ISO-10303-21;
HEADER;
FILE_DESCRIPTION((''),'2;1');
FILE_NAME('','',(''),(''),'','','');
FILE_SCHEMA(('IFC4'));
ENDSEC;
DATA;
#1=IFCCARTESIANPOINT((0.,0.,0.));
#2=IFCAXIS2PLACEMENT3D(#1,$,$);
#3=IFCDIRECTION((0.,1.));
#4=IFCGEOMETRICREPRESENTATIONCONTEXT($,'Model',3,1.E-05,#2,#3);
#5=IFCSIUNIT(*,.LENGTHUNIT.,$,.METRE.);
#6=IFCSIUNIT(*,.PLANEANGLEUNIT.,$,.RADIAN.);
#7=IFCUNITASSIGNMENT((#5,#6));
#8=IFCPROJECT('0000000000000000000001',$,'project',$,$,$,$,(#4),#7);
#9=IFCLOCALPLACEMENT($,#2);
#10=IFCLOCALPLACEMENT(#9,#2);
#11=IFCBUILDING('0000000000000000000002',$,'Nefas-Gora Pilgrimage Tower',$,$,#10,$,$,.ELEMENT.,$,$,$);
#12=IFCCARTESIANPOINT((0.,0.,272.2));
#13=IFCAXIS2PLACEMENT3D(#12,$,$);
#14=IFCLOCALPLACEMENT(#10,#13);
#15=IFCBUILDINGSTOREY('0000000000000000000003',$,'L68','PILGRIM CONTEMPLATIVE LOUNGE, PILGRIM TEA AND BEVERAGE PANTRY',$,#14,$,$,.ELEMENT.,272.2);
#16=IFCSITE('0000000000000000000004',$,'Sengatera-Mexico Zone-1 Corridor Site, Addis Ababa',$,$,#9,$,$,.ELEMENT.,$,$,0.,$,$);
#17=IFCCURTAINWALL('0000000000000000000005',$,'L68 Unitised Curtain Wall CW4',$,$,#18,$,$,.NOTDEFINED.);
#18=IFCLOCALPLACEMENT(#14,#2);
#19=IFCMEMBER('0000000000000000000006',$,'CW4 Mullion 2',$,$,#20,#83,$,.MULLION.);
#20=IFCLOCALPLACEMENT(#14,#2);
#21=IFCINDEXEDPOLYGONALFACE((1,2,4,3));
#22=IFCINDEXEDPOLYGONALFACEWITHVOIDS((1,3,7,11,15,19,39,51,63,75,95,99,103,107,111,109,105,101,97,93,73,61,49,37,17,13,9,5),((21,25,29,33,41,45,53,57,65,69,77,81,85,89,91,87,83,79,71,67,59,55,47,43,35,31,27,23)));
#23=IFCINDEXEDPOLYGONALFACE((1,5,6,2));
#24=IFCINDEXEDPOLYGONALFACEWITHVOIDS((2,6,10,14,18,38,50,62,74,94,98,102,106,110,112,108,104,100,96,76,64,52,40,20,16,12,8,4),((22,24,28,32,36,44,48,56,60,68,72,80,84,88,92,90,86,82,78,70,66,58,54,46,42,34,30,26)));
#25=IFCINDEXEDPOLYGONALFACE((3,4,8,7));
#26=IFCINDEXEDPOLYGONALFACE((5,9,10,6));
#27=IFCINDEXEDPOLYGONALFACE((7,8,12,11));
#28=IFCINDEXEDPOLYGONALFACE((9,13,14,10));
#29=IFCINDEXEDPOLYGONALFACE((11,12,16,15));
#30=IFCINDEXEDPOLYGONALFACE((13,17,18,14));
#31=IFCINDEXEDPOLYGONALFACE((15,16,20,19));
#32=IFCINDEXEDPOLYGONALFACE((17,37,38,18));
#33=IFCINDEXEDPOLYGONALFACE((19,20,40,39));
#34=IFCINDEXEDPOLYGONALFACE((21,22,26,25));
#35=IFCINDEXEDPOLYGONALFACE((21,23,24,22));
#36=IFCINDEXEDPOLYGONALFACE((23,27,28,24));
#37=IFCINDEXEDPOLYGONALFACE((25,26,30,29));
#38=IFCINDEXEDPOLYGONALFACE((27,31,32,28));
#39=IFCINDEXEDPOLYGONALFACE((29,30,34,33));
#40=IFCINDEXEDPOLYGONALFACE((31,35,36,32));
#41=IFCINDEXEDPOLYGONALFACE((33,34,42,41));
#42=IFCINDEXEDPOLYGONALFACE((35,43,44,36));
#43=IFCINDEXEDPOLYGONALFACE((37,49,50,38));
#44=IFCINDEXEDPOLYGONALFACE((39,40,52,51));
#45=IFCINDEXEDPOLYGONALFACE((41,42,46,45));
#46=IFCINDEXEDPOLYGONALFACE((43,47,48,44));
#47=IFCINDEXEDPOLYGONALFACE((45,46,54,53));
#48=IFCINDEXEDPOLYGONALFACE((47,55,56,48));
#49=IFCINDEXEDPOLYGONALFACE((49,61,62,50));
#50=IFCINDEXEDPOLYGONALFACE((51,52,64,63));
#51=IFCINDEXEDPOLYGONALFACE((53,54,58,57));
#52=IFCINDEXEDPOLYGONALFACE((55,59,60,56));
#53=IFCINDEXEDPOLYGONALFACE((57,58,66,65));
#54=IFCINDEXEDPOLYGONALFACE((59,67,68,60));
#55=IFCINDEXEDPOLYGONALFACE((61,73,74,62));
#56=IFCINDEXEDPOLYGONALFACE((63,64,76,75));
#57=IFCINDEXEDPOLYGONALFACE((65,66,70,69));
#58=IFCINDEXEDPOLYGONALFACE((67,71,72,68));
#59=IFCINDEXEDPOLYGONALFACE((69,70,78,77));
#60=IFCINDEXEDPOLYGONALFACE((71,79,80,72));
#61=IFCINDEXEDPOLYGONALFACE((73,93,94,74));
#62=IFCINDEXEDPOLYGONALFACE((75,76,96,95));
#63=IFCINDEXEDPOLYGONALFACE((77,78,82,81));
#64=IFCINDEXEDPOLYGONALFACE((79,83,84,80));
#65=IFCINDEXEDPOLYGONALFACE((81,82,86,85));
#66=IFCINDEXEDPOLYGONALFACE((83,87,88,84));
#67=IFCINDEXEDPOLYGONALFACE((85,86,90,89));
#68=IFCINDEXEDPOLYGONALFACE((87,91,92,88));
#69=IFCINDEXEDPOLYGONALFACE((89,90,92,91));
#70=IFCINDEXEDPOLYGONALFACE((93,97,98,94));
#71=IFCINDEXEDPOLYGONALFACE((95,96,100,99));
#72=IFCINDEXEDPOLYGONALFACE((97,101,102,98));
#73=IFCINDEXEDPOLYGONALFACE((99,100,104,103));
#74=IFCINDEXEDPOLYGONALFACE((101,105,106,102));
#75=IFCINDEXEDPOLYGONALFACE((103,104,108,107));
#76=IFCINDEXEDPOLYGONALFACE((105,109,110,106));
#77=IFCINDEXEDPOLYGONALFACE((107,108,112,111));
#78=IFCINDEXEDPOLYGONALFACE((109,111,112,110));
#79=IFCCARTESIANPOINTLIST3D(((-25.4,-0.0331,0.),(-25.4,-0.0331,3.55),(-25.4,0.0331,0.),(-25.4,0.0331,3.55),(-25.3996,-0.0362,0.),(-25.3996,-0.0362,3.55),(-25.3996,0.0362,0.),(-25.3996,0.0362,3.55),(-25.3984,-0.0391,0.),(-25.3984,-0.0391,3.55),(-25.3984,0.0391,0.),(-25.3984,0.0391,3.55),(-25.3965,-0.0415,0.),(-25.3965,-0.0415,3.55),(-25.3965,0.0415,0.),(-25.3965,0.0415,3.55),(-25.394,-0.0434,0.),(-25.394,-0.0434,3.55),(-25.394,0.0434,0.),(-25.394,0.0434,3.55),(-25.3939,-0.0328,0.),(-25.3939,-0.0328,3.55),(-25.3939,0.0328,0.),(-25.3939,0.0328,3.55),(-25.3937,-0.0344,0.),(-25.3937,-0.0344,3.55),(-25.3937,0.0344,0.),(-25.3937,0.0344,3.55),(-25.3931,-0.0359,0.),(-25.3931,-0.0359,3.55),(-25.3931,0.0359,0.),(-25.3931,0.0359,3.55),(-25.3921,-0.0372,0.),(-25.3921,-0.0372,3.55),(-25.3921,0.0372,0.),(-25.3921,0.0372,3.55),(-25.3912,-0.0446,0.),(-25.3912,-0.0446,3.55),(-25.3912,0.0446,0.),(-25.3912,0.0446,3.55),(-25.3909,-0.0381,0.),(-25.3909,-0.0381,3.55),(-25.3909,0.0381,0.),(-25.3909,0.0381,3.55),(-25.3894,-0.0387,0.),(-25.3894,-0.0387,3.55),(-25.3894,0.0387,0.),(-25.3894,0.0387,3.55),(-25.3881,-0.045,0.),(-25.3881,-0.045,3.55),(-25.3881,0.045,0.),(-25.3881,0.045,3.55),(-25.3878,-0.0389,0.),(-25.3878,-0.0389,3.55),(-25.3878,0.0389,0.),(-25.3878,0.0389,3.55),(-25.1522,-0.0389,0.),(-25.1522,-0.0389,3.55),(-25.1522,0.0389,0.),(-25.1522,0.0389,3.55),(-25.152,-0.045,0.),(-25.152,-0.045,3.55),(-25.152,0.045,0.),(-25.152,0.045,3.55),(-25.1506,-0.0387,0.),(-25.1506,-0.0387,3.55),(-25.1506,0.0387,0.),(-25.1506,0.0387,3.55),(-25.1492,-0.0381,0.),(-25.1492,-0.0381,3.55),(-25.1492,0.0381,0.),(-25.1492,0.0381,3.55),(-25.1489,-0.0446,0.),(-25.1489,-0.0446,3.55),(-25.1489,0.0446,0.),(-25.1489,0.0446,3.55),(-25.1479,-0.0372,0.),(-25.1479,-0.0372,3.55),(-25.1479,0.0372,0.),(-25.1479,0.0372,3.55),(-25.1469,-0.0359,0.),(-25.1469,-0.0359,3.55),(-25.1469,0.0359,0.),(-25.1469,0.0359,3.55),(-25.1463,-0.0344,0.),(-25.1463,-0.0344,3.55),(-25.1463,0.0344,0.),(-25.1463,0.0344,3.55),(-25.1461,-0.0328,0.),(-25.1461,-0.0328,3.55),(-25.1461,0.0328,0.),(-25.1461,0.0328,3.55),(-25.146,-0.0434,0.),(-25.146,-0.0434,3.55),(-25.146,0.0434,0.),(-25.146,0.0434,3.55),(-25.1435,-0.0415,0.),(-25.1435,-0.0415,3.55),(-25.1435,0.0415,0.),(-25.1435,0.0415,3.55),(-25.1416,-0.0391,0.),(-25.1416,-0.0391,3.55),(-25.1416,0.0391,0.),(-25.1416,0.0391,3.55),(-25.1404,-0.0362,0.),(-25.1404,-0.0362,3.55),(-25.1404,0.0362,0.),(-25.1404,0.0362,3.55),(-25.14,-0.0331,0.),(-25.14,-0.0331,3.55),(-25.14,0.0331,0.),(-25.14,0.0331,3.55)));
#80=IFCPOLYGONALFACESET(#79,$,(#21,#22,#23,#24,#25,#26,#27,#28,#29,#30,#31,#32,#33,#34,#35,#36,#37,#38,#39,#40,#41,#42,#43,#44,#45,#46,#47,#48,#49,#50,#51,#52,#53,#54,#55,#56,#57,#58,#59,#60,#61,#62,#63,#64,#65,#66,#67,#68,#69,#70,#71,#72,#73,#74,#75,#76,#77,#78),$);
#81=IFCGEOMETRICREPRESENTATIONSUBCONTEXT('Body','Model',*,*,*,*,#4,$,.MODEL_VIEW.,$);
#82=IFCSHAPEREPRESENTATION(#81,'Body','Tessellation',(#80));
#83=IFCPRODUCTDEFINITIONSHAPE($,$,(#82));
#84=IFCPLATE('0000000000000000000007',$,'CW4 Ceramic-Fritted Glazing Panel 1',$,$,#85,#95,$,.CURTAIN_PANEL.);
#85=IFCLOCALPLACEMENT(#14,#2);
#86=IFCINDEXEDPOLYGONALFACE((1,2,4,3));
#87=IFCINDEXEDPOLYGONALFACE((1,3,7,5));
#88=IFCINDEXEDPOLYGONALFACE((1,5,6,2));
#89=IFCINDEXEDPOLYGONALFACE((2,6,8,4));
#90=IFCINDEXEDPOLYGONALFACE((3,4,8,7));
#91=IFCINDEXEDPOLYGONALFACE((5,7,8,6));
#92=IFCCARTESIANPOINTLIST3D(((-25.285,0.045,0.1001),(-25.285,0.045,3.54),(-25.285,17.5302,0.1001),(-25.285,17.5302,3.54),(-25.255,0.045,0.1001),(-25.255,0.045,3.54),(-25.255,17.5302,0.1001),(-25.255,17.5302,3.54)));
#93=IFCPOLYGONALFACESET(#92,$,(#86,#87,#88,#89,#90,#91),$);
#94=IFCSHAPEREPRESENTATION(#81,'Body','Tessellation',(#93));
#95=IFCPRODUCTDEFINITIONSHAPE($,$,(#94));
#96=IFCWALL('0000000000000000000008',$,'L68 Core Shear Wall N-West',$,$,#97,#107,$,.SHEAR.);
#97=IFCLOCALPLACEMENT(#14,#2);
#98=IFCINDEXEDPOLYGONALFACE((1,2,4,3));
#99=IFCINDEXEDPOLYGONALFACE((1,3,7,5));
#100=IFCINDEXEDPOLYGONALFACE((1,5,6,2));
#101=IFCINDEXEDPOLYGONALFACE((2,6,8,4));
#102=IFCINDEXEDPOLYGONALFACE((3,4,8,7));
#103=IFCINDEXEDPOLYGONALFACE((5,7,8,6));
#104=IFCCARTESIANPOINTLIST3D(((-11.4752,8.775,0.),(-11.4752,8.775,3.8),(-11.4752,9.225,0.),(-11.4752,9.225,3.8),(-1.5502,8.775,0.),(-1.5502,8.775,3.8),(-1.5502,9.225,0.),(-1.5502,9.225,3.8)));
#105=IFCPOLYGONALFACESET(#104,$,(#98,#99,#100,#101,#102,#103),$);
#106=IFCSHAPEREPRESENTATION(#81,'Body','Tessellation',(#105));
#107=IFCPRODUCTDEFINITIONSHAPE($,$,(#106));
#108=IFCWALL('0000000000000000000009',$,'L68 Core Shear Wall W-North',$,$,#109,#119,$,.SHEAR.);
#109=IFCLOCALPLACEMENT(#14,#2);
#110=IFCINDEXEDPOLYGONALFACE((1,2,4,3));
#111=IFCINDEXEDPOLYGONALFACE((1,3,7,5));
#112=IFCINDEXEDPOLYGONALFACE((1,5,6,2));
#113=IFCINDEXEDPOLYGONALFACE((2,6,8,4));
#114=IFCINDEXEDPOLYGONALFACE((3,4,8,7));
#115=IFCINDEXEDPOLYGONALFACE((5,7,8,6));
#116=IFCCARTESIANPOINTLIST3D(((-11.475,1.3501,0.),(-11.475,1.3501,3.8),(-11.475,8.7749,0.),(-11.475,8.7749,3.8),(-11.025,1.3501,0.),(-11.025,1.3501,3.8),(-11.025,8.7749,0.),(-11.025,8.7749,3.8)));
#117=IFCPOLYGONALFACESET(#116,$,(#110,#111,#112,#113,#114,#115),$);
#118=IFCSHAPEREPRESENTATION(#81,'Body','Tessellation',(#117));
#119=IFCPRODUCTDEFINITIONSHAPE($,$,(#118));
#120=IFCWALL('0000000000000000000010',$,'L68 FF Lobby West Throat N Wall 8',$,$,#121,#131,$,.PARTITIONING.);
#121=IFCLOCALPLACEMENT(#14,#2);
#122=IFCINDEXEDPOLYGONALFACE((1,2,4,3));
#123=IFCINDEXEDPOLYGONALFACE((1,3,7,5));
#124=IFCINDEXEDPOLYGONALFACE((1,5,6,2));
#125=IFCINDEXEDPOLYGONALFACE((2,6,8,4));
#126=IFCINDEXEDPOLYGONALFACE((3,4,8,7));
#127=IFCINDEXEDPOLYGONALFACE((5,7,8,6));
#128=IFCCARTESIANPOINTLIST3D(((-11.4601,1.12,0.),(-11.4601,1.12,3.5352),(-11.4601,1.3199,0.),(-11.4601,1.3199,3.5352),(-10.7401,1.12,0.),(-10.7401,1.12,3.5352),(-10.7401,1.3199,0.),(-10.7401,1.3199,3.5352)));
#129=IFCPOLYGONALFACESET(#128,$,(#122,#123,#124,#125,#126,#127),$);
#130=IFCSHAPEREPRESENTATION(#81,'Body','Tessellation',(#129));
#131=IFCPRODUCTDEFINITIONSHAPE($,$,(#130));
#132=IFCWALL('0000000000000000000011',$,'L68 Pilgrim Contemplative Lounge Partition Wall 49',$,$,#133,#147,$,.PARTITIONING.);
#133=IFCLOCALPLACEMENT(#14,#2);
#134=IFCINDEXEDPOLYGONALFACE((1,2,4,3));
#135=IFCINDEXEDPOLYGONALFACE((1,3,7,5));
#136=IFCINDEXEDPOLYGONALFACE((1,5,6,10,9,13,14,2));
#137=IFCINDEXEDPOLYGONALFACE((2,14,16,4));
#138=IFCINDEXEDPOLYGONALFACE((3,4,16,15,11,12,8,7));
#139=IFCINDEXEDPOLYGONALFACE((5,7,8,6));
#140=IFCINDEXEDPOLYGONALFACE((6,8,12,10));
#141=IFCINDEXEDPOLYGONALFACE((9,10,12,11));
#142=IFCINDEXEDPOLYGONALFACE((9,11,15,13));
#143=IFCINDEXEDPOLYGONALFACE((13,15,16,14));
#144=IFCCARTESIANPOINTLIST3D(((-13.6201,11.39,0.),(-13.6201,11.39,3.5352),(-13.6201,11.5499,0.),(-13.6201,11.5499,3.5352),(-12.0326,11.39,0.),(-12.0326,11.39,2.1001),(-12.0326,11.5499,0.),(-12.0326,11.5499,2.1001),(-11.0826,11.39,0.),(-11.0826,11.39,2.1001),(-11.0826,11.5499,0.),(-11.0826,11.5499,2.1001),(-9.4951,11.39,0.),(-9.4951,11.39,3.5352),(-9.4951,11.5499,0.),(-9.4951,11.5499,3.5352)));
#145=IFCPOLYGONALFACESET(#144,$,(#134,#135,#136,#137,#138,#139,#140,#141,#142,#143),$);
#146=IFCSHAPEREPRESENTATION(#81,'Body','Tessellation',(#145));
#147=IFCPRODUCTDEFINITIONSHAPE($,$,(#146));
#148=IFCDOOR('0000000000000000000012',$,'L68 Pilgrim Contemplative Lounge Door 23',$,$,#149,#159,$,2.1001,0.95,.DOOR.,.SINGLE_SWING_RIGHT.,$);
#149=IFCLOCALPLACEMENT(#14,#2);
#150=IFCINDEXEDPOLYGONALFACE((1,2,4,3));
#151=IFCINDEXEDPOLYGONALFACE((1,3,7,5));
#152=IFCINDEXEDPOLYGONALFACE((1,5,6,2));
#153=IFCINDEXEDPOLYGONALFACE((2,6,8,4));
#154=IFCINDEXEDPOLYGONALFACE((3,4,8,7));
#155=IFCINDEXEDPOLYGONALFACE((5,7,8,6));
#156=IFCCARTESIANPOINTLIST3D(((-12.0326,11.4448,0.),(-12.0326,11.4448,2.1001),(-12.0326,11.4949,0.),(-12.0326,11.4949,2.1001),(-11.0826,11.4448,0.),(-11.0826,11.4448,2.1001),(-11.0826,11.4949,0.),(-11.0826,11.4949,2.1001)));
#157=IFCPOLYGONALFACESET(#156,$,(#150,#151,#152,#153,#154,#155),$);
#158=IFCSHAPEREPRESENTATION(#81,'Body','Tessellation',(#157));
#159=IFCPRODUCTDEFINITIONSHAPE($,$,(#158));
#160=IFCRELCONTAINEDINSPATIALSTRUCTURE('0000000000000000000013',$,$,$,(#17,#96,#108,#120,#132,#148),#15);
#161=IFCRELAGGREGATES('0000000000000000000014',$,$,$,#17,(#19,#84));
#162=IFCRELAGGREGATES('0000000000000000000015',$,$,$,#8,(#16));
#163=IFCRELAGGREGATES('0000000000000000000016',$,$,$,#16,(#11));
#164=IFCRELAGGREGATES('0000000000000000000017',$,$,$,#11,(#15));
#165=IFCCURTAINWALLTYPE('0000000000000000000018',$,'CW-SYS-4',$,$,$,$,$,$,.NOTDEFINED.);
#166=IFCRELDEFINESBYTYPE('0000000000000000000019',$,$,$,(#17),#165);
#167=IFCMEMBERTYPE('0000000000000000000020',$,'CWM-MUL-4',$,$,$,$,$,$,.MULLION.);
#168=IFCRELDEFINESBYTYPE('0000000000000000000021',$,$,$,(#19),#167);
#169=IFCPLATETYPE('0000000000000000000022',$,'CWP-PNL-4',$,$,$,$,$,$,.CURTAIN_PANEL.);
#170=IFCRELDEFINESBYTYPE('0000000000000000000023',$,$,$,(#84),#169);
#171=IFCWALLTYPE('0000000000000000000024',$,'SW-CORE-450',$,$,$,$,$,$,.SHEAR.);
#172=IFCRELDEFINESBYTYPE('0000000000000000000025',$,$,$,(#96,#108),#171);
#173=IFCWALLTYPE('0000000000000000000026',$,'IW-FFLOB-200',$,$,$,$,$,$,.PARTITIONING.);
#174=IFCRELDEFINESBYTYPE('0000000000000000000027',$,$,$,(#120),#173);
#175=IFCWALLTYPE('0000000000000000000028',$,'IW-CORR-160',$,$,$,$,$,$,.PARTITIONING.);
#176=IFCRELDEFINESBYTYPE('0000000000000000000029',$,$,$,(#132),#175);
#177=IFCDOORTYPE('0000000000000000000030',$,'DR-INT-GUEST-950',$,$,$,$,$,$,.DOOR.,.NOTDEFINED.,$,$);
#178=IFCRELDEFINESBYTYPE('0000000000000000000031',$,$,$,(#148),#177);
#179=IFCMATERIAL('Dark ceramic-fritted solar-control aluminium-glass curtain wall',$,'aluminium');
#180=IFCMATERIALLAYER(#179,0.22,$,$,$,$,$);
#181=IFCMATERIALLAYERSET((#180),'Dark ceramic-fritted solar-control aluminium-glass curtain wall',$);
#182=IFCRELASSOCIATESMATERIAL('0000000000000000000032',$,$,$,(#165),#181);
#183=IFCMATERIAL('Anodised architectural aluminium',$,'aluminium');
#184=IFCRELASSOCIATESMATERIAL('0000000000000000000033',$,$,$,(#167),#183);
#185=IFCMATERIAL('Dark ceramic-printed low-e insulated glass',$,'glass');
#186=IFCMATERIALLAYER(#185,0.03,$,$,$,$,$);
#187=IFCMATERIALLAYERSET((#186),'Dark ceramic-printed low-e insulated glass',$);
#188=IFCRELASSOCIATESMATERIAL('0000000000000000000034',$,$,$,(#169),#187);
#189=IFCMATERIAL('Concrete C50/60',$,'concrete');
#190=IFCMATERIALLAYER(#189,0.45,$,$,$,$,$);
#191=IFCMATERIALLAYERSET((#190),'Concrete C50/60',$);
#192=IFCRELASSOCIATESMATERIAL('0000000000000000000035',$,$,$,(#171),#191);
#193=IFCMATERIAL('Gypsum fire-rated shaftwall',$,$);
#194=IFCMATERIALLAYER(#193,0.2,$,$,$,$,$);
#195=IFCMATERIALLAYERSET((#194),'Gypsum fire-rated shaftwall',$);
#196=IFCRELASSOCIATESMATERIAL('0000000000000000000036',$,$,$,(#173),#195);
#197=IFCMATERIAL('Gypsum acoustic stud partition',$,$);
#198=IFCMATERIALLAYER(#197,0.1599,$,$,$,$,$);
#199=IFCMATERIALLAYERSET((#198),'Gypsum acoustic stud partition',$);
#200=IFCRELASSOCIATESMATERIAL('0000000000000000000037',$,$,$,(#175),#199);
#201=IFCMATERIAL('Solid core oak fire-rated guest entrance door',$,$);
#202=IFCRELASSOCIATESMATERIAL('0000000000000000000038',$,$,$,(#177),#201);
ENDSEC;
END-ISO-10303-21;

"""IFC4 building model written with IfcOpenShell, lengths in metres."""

from ifc_helpers import new_model, si_unit, direction, frame, frame_2d, origin, origin_2d, place, context, subcontext, project, spatial, rectangle, hollow_rectangle, extrude, source, transform, mapped, material, layer, layer_set, material_profile, profile_set, type_object, element, fill, aggregate, save


model = new_model("IFC4")

# Units and contexts
model_context = context("Model", 3, precision=1e-05, world=origin(), true_north=direction((0.0, 1.0)))
body_context = subcontext(model_context, "Body", "Model", "MODEL_VIEW")
ifc_project = project(units=[si_unit("LENGTHUNIT", "METRE"), si_unit("PLANEANGLEUNIT", "RADIAN")], contexts=[model_context])

# Site, building, storey
site_placement = place(None, origin())
site = spatial("IfcSite", under=ifc_project, at=site_placement, Name="Sengatera-Mexico Zone-1 Corridor Site, Addis Ababa", CompositionType="ELEMENT", RefElevation=0.0)
building_placement = place(site_placement, origin())
building = spatial("IfcBuilding", under=site, at=building_placement, Name="Nefas-Gora Pilgrimage Tower", CompositionType="ELEMENT")
storey_placement = place(building_placement, frame((0.0, 0.0, 272.2)))
storey = spatial("IfcBuildingStorey", under=building, at=storey_placement, Name="L68", Description="PILGRIM CONTEMPLATIVE LOUNGE, PILGRIM TEA AND BEVERAGE PANTRY", CompositionType="ELEMENT", Elevation=272.2)

# Curtain wall, member, plate
ifc_material_1 = material(Name="Dark ceramic-fritted solar-control aluminium-glass curtain wall", Category="aluminium")
ifc_layer_1 = layer(ifc_material_1, 0.22)
ifc_layer_set_1 = layer_set([ifc_layer_1], Name="Dark ceramic-fritted solar-control aluminium-glass curtain wall")
curtain_wall_type = type_object("IfcCurtainWallType", Name="CW-SYS-4", PredefinedType="NOTDEFINED", material=ifc_layer_set_1)
curtain_wall_placement = place(storey_placement, origin())
curtain_wall = element("IfcCurtainWall", 1, at=curtain_wall_placement, inside=storey, type_object=curtain_wall_type, Name="L68 Unitised Curtain Wall CW4", PredefinedType="NOTDEFINED")
ifc_material_2 = material(Name="Anodised architectural aluminium", Category="aluminium")
ifc_material_profile_1 = material_profile(ifc_material_2, hollow_rectangle(XDim=0.0901, YDim=0.26, WallThickness=0.0061, InnerFilletRadius=0.0061, OuterFilletRadius=0.012, at=origin_2d()), Name="ALU MULLION 90x260")
ifc_profile_set_1 = profile_set([ifc_material_profile_1], Name="Anodised architectural aluminium")
member_type = type_object("IfcMemberType", Name="CWM-MUL-4", PredefinedType="MULLION", material=ifc_profile_set_1)
shared_shape_1 = source(origin(), body_context, "Body", "SweptSolid", [
    extrude(hollow_rectangle(XDim=0.0901, YDim=0.26, WallThickness=0.0061, InnerFilletRadius=0.0061, OuterFilletRadius=0.012, at=origin_2d()), origin(), (0.0, 0.0, 1.0), 3.55),
])
member_placement = place(storey_placement, frame((-25.27, 0.0, 0.0), z_axis=(0.0, 0.0, 1.0), x_axis=(0.0, -1.0, 0.0)))
member = element("IfcMember", 2, at=member_placement, type_object=member_type, Name="CW4 Mullion 2", PredefinedType="MULLION", context=body_context, shape_type="MappedRepresentation", body=[
    mapped(shared_shape_1, transform((0.0, 0.0, 0.0), x_axis=(1.0, 0.0, 0.0), y_axis=(0.0, 1.0, 0.0), z_axis=(0.0, 0.0, 1.0), scale=1.0)),
])
ifc_material_3 = material(Name="Dark ceramic-printed low-e insulated glass", Category="glass")
ifc_layer_2 = layer(ifc_material_3, 0.03)
ifc_layer_set_2 = layer_set([ifc_layer_2], Name="Dark ceramic-printed low-e insulated glass")
plate_type = type_object("IfcPlateType", Name="CWP-PNL-4", PredefinedType="CURTAIN_PANEL", material=ifc_layer_set_2)
shared_shape_2 = source(origin(), body_context, "Body", "SweptSolid", [
    extrude(rectangle(XDim=17.4851, YDim=0.03, at=origin_2d()), origin(), (0.0, 0.0, 1.0), 3.4399),
])
plate_placement = place(storey_placement, frame((-25.27, 8.7876, 0.1001), z_axis=(0.0, 0.0, 1.0), x_axis=(0.0, -1.0, 0.0)))
plate = element("IfcPlate", 3, at=plate_placement, type_object=plate_type, Name="CW4 Ceramic-Fritted Glazing Panel 1", PredefinedType="CURTAIN_PANEL", context=body_context, shape_type="MappedRepresentation", body=[
    mapped(shared_shape_2, transform((0.0, 0.0, 0.0), x_axis=(1.0, 0.0, 0.0), y_axis=(0.0, 1.0, 0.0), z_axis=(0.0, 0.0, 1.0), scale=1.0)),
])
aggregate(curtain_wall, [member, plate])

# Walls
ifc_material_4 = material(Name="Concrete C50/60", Category="concrete")
ifc_layer_3 = layer(ifc_material_4, 0.45)
ifc_layer_set_3 = layer_set([ifc_layer_3], Name="Concrete C50/60")
wall_type_1 = type_object("IfcWallType", Name="SW-CORE-450", PredefinedType="SHEAR", material=ifc_layer_set_3)
shared_shape_3 = source(origin(), body_context, "Body", "SweptSolid", [
    extrude(rectangle(XDim=9.925, YDim=0.45, at=frame_2d((4.9624, 0.0))), origin(), (0.0, 0.0, 1.0), 3.8),
])
wall_1_placement = place(storey_placement, frame((-11.4751, 9.0, 0.0), z_axis=(0.0, 0.0, 1.0), x_axis=(1.0, 0.0, 0.0)))
element("IfcWall", 4, at=wall_1_placement, inside=storey, type_object=wall_type_1, Name="L68 Core Shear Wall N-West", PredefinedType="SHEAR", context=body_context, shape_type="MappedRepresentation", body=[
    mapped(shared_shape_3, transform((0.0, 0.0, 0.0), x_axis=(1.0, 0.0, 0.0), y_axis=(0.0, 1.0, 0.0), z_axis=(0.0, 0.0, 1.0), scale=1.0)),
])
shared_shape_4 = source(origin(), body_context, "Body", "SweptSolid", [
    extrude(rectangle(XDim=7.4248, YDim=0.45, at=frame_2d((3.7124, 0.0))), origin(), (0.0, 0.0, 1.0), 3.8),
])
wall_2_placement = place(storey_placement, frame((-11.25, 1.3501, 0.0), z_axis=(0.0, 0.0, 1.0), x_axis=(0.0, 1.0, 0.0)))
element("IfcWall", 5, at=wall_2_placement, inside=storey, type_object=wall_type_1, Name="L68 Core Shear Wall W-North", PredefinedType="SHEAR", context=body_context, shape_type="MappedRepresentation", body=[
    mapped(shared_shape_4, transform((0.0, 0.0, 0.0), x_axis=(1.0, 0.0, 0.0), y_axis=(0.0, 1.0, 0.0), z_axis=(0.0, 0.0, 1.0), scale=1.0)),
])
ifc_material_5 = material(Name="Gypsum fire-rated shaftwall")
ifc_layer_4 = layer(ifc_material_5, 0.2)
ifc_layer_set_4 = layer_set([ifc_layer_4], Name="Gypsum fire-rated shaftwall")
wall_type_2 = type_object("IfcWallType", Name="IW-FFLOB-200", PredefinedType="PARTITIONING", material=ifc_layer_set_4)
shared_shape_5 = source(origin(), body_context, "Body", "SweptSolid", [
    extrude(rectangle(XDim=0.72, YDim=0.2, at=frame_2d((0.3599, 0.0))), origin(), (0.0, 0.0, 1.0), 3.5352),
])
wall_3_placement = place(storey_placement, frame((-11.46, 1.22, 0.0), z_axis=(0.0, 0.0, 1.0), x_axis=(1.0, 0.0, 0.0)))
element("IfcWall", 6, at=wall_3_placement, inside=storey, type_object=wall_type_2, Name="L68 FF Lobby West Throat N Wall 8", PredefinedType="PARTITIONING", context=body_context, shape_type="MappedRepresentation", body=[
    mapped(shared_shape_5, transform((0.0, 0.0, 0.0), x_axis=(1.0, 0.0, 0.0), y_axis=(0.0, 1.0, 0.0), z_axis=(0.0, 0.0, 1.0), scale=1.0)),
])

# Wall, opening, door
ifc_material_6 = material(Name="Gypsum acoustic stud partition")
ifc_layer_5 = layer(ifc_material_6, 0.1599)
ifc_layer_set_5 = layer_set([ifc_layer_5], Name="Gypsum acoustic stud partition")
wall_type_3 = type_object("IfcWallType", Name="IW-CORR-160", PredefinedType="PARTITIONING", material=ifc_layer_set_5)
shared_shape_6 = source(origin(), body_context, "Body", "SweptSolid", [
    extrude(rectangle(XDim=4.125, YDim=0.1599, at=frame_2d((2.0625, 0.0))), origin(), (0.0, 0.0, 1.0), 3.5352),
])
wall_4_placement = place(storey_placement, frame((-13.6201, 11.47, 0.0), z_axis=(0.0, 0.0, 1.0), x_axis=(1.0, 0.0, 0.0)))
wall_4 = element("IfcWall", 7, at=wall_4_placement, inside=storey, type_object=wall_type_3, Name="L68 Pilgrim Contemplative Lounge Partition Wall 49", PredefinedType="PARTITIONING", context=body_context, shape_type="MappedRepresentation", body=[
    mapped(shared_shape_6, transform((0.0, 0.0, 0.0), x_axis=(1.0, 0.0, 0.0), y_axis=(0.0, 1.0, 0.0), z_axis=(0.0, 0.0, 1.0), scale=1.0)),
])
opening_1_placement = place(wall_4_placement, frame((1.5874, 0.0, 0.0)))
opening_1 = element("IfcOpeningElement", 8, at=opening_1_placement, cuts=wall_4, PredefinedType="OPENING", context=body_context, shape_type="SweptSolid", body=[
    extrude(rectangle(XDim=0.95, YDim=2.1001, at=frame_2d((0.4751, 1.05))), frame((0.0, 0.0898, 0.0), z_axis=(0.0, -1.0, 0.0), x_axis=(1.0, 0.0, 0.0)), (0.0, 0.0, 1.0), 0.1799),
])
ifc_material_7 = material(Name="Solid core oak fire-rated guest entrance door")
door_type = type_object("IfcDoorType", Name="DR-INT-GUEST-950", OperationType="NOTDEFINED", PredefinedType="DOOR", material=ifc_material_7)
shared_shape_7 = source(origin(), body_context, "Body", "SweptSolid", [
    extrude(rectangle(XDim=0.95, YDim=2.1001, at=frame_2d((0.4751, 1.05))), frame((0.0, 0.0249, 0.0), z_axis=(0.0, -1.0, 0.0), x_axis=(1.0, 0.0, 0.0)), (0.0, 0.0, 1.0), 0.05),
])
door_1_placement = place(opening_1_placement, origin())
door_1 = element("IfcDoor", 9, at=door_1_placement, inside=storey, type_object=door_type, Name="L68 Pilgrim Contemplative Lounge Door 23", OperationType="SINGLE_SWING_RIGHT", OverallHeight=2.1001, OverallWidth=0.95, PredefinedType="DOOR", context=body_context, shape_type="MappedRepresentation", body=[
    mapped(shared_shape_7, transform((0.0, 0.0, 0.0), x_axis=(1.0, 0.0, 0.0), y_axis=(0.0, 1.0, 0.0), z_axis=(0.0, 0.0, 1.0), scale=1.0)),
])
fill(opening_1, door_1)

save(model, "model.ifc")
